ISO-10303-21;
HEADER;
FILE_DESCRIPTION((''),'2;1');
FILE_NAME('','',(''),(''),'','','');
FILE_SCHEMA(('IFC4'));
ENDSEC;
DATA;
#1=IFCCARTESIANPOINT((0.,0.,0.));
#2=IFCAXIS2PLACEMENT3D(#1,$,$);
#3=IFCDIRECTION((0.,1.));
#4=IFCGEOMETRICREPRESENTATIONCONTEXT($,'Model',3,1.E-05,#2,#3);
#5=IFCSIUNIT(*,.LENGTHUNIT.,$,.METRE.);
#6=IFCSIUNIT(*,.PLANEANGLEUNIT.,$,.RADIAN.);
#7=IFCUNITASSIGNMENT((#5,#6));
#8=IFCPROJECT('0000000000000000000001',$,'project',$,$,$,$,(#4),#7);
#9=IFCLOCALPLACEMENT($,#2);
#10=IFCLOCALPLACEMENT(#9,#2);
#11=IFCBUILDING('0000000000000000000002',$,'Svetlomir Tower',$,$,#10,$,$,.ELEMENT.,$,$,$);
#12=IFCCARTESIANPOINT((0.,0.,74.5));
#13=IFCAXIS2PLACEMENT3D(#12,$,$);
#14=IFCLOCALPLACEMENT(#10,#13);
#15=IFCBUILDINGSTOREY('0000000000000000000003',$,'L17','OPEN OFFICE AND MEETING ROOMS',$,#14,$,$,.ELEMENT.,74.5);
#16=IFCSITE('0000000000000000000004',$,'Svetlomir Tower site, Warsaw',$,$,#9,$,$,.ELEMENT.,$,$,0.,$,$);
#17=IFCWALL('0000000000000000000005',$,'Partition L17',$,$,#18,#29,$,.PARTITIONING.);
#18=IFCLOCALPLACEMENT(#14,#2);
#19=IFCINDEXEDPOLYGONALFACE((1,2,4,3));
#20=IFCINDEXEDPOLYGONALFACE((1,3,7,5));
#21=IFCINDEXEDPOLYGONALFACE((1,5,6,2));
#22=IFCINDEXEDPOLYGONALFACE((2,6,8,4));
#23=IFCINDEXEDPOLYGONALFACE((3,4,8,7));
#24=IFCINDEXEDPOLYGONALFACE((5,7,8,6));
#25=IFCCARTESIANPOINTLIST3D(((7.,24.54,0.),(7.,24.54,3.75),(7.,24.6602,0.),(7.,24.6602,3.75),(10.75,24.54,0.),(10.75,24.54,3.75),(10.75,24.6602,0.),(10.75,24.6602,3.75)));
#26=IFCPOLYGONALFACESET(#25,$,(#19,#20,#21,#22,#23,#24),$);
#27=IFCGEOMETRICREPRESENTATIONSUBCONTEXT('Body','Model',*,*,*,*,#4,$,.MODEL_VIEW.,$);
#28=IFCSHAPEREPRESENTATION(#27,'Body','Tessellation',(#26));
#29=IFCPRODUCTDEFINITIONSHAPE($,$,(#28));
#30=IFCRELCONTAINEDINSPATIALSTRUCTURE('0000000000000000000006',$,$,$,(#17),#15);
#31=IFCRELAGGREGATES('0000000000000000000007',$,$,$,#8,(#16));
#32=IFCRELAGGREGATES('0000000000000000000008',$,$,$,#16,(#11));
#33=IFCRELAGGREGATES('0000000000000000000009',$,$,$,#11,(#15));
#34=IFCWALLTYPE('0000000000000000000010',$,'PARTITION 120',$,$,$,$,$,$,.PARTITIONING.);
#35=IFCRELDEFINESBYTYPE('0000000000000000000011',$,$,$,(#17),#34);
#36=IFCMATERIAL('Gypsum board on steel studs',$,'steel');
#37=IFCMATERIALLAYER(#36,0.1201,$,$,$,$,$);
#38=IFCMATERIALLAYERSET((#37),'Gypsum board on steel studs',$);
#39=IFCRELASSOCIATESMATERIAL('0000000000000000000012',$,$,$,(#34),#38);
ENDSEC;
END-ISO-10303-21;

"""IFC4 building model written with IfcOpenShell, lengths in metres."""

from ifc_helpers import new_model, si_unit, direction, frame, frame_2d, origin, place, context, subcontext, project, spatial, rectangle, extrude, material, layer, layer_set, type_object, element, save


model = new_model("IFC4")

# Units and contexts
model_context = context("Model", 3, precision=1e-05, world=origin(), true_north=direction((0.0, 1.0)))
body_context = subcontext(model_context, "Body", "Model", "MODEL_VIEW")
ifc_project = project(units=[si_unit("LENGTHUNIT", "METRE"), si_unit("PLANEANGLEUNIT", "RADIAN")], contexts=[model_context])

# Site, building, storey
site_placement = place(None, origin())
site = spatial("IfcSite", under=ifc_project, at=site_placement, Name="Svetlomir Tower site, Warsaw", CompositionType="ELEMENT", RefElevation=0.0)
building_placement = place(site_placement, origin())
building = spatial("IfcBuilding", under=site, at=building_placement, Name="Svetlomir Tower", CompositionType="ELEMENT")
storey_placement = place(building_placement, frame((0.0, 0.0, 74.5)))
storey = spatial("IfcBuildingStorey", under=building, at=storey_placement, Name="L17", Description="OPEN OFFICE AND MEETING ROOMS", CompositionType="ELEMENT", Elevation=74.5)

# Shared definitions
ifc_material_1 = material(Name="Gypsum board on steel studs", Category="steel")
ifc_layer_1 = layer(ifc_material_1, 0.1201)
ifc_layer_set_1 = layer_set([ifc_layer_1], Name="Gypsum board on steel studs")
wall_type_1 = type_object("IfcWallType", Name="PARTITION 120", PredefinedType="PARTITIONING", material=ifc_layer_set_1)

# Wall
wall_1_placement = place(storey_placement, frame((7.0, 24.6001, 0.0), z_axis=(0.0, 0.0, 1.0), x_axis=(1.0, 0.0, 0.0)))
element("IfcWall", 1, at=wall_1_placement, inside=storey, type_object=wall_type_1, Name="Partition L17", PredefinedType="PARTITIONING", context=body_context, shape_type="SweptSolid", body=[
    extrude(rectangle(XDim=3.75, YDim=0.1201, at=frame_2d((1.875, 0.0))), origin(), (0.0, 0.0, 1.0), 3.75),
])

save(model, "model.ifc")
